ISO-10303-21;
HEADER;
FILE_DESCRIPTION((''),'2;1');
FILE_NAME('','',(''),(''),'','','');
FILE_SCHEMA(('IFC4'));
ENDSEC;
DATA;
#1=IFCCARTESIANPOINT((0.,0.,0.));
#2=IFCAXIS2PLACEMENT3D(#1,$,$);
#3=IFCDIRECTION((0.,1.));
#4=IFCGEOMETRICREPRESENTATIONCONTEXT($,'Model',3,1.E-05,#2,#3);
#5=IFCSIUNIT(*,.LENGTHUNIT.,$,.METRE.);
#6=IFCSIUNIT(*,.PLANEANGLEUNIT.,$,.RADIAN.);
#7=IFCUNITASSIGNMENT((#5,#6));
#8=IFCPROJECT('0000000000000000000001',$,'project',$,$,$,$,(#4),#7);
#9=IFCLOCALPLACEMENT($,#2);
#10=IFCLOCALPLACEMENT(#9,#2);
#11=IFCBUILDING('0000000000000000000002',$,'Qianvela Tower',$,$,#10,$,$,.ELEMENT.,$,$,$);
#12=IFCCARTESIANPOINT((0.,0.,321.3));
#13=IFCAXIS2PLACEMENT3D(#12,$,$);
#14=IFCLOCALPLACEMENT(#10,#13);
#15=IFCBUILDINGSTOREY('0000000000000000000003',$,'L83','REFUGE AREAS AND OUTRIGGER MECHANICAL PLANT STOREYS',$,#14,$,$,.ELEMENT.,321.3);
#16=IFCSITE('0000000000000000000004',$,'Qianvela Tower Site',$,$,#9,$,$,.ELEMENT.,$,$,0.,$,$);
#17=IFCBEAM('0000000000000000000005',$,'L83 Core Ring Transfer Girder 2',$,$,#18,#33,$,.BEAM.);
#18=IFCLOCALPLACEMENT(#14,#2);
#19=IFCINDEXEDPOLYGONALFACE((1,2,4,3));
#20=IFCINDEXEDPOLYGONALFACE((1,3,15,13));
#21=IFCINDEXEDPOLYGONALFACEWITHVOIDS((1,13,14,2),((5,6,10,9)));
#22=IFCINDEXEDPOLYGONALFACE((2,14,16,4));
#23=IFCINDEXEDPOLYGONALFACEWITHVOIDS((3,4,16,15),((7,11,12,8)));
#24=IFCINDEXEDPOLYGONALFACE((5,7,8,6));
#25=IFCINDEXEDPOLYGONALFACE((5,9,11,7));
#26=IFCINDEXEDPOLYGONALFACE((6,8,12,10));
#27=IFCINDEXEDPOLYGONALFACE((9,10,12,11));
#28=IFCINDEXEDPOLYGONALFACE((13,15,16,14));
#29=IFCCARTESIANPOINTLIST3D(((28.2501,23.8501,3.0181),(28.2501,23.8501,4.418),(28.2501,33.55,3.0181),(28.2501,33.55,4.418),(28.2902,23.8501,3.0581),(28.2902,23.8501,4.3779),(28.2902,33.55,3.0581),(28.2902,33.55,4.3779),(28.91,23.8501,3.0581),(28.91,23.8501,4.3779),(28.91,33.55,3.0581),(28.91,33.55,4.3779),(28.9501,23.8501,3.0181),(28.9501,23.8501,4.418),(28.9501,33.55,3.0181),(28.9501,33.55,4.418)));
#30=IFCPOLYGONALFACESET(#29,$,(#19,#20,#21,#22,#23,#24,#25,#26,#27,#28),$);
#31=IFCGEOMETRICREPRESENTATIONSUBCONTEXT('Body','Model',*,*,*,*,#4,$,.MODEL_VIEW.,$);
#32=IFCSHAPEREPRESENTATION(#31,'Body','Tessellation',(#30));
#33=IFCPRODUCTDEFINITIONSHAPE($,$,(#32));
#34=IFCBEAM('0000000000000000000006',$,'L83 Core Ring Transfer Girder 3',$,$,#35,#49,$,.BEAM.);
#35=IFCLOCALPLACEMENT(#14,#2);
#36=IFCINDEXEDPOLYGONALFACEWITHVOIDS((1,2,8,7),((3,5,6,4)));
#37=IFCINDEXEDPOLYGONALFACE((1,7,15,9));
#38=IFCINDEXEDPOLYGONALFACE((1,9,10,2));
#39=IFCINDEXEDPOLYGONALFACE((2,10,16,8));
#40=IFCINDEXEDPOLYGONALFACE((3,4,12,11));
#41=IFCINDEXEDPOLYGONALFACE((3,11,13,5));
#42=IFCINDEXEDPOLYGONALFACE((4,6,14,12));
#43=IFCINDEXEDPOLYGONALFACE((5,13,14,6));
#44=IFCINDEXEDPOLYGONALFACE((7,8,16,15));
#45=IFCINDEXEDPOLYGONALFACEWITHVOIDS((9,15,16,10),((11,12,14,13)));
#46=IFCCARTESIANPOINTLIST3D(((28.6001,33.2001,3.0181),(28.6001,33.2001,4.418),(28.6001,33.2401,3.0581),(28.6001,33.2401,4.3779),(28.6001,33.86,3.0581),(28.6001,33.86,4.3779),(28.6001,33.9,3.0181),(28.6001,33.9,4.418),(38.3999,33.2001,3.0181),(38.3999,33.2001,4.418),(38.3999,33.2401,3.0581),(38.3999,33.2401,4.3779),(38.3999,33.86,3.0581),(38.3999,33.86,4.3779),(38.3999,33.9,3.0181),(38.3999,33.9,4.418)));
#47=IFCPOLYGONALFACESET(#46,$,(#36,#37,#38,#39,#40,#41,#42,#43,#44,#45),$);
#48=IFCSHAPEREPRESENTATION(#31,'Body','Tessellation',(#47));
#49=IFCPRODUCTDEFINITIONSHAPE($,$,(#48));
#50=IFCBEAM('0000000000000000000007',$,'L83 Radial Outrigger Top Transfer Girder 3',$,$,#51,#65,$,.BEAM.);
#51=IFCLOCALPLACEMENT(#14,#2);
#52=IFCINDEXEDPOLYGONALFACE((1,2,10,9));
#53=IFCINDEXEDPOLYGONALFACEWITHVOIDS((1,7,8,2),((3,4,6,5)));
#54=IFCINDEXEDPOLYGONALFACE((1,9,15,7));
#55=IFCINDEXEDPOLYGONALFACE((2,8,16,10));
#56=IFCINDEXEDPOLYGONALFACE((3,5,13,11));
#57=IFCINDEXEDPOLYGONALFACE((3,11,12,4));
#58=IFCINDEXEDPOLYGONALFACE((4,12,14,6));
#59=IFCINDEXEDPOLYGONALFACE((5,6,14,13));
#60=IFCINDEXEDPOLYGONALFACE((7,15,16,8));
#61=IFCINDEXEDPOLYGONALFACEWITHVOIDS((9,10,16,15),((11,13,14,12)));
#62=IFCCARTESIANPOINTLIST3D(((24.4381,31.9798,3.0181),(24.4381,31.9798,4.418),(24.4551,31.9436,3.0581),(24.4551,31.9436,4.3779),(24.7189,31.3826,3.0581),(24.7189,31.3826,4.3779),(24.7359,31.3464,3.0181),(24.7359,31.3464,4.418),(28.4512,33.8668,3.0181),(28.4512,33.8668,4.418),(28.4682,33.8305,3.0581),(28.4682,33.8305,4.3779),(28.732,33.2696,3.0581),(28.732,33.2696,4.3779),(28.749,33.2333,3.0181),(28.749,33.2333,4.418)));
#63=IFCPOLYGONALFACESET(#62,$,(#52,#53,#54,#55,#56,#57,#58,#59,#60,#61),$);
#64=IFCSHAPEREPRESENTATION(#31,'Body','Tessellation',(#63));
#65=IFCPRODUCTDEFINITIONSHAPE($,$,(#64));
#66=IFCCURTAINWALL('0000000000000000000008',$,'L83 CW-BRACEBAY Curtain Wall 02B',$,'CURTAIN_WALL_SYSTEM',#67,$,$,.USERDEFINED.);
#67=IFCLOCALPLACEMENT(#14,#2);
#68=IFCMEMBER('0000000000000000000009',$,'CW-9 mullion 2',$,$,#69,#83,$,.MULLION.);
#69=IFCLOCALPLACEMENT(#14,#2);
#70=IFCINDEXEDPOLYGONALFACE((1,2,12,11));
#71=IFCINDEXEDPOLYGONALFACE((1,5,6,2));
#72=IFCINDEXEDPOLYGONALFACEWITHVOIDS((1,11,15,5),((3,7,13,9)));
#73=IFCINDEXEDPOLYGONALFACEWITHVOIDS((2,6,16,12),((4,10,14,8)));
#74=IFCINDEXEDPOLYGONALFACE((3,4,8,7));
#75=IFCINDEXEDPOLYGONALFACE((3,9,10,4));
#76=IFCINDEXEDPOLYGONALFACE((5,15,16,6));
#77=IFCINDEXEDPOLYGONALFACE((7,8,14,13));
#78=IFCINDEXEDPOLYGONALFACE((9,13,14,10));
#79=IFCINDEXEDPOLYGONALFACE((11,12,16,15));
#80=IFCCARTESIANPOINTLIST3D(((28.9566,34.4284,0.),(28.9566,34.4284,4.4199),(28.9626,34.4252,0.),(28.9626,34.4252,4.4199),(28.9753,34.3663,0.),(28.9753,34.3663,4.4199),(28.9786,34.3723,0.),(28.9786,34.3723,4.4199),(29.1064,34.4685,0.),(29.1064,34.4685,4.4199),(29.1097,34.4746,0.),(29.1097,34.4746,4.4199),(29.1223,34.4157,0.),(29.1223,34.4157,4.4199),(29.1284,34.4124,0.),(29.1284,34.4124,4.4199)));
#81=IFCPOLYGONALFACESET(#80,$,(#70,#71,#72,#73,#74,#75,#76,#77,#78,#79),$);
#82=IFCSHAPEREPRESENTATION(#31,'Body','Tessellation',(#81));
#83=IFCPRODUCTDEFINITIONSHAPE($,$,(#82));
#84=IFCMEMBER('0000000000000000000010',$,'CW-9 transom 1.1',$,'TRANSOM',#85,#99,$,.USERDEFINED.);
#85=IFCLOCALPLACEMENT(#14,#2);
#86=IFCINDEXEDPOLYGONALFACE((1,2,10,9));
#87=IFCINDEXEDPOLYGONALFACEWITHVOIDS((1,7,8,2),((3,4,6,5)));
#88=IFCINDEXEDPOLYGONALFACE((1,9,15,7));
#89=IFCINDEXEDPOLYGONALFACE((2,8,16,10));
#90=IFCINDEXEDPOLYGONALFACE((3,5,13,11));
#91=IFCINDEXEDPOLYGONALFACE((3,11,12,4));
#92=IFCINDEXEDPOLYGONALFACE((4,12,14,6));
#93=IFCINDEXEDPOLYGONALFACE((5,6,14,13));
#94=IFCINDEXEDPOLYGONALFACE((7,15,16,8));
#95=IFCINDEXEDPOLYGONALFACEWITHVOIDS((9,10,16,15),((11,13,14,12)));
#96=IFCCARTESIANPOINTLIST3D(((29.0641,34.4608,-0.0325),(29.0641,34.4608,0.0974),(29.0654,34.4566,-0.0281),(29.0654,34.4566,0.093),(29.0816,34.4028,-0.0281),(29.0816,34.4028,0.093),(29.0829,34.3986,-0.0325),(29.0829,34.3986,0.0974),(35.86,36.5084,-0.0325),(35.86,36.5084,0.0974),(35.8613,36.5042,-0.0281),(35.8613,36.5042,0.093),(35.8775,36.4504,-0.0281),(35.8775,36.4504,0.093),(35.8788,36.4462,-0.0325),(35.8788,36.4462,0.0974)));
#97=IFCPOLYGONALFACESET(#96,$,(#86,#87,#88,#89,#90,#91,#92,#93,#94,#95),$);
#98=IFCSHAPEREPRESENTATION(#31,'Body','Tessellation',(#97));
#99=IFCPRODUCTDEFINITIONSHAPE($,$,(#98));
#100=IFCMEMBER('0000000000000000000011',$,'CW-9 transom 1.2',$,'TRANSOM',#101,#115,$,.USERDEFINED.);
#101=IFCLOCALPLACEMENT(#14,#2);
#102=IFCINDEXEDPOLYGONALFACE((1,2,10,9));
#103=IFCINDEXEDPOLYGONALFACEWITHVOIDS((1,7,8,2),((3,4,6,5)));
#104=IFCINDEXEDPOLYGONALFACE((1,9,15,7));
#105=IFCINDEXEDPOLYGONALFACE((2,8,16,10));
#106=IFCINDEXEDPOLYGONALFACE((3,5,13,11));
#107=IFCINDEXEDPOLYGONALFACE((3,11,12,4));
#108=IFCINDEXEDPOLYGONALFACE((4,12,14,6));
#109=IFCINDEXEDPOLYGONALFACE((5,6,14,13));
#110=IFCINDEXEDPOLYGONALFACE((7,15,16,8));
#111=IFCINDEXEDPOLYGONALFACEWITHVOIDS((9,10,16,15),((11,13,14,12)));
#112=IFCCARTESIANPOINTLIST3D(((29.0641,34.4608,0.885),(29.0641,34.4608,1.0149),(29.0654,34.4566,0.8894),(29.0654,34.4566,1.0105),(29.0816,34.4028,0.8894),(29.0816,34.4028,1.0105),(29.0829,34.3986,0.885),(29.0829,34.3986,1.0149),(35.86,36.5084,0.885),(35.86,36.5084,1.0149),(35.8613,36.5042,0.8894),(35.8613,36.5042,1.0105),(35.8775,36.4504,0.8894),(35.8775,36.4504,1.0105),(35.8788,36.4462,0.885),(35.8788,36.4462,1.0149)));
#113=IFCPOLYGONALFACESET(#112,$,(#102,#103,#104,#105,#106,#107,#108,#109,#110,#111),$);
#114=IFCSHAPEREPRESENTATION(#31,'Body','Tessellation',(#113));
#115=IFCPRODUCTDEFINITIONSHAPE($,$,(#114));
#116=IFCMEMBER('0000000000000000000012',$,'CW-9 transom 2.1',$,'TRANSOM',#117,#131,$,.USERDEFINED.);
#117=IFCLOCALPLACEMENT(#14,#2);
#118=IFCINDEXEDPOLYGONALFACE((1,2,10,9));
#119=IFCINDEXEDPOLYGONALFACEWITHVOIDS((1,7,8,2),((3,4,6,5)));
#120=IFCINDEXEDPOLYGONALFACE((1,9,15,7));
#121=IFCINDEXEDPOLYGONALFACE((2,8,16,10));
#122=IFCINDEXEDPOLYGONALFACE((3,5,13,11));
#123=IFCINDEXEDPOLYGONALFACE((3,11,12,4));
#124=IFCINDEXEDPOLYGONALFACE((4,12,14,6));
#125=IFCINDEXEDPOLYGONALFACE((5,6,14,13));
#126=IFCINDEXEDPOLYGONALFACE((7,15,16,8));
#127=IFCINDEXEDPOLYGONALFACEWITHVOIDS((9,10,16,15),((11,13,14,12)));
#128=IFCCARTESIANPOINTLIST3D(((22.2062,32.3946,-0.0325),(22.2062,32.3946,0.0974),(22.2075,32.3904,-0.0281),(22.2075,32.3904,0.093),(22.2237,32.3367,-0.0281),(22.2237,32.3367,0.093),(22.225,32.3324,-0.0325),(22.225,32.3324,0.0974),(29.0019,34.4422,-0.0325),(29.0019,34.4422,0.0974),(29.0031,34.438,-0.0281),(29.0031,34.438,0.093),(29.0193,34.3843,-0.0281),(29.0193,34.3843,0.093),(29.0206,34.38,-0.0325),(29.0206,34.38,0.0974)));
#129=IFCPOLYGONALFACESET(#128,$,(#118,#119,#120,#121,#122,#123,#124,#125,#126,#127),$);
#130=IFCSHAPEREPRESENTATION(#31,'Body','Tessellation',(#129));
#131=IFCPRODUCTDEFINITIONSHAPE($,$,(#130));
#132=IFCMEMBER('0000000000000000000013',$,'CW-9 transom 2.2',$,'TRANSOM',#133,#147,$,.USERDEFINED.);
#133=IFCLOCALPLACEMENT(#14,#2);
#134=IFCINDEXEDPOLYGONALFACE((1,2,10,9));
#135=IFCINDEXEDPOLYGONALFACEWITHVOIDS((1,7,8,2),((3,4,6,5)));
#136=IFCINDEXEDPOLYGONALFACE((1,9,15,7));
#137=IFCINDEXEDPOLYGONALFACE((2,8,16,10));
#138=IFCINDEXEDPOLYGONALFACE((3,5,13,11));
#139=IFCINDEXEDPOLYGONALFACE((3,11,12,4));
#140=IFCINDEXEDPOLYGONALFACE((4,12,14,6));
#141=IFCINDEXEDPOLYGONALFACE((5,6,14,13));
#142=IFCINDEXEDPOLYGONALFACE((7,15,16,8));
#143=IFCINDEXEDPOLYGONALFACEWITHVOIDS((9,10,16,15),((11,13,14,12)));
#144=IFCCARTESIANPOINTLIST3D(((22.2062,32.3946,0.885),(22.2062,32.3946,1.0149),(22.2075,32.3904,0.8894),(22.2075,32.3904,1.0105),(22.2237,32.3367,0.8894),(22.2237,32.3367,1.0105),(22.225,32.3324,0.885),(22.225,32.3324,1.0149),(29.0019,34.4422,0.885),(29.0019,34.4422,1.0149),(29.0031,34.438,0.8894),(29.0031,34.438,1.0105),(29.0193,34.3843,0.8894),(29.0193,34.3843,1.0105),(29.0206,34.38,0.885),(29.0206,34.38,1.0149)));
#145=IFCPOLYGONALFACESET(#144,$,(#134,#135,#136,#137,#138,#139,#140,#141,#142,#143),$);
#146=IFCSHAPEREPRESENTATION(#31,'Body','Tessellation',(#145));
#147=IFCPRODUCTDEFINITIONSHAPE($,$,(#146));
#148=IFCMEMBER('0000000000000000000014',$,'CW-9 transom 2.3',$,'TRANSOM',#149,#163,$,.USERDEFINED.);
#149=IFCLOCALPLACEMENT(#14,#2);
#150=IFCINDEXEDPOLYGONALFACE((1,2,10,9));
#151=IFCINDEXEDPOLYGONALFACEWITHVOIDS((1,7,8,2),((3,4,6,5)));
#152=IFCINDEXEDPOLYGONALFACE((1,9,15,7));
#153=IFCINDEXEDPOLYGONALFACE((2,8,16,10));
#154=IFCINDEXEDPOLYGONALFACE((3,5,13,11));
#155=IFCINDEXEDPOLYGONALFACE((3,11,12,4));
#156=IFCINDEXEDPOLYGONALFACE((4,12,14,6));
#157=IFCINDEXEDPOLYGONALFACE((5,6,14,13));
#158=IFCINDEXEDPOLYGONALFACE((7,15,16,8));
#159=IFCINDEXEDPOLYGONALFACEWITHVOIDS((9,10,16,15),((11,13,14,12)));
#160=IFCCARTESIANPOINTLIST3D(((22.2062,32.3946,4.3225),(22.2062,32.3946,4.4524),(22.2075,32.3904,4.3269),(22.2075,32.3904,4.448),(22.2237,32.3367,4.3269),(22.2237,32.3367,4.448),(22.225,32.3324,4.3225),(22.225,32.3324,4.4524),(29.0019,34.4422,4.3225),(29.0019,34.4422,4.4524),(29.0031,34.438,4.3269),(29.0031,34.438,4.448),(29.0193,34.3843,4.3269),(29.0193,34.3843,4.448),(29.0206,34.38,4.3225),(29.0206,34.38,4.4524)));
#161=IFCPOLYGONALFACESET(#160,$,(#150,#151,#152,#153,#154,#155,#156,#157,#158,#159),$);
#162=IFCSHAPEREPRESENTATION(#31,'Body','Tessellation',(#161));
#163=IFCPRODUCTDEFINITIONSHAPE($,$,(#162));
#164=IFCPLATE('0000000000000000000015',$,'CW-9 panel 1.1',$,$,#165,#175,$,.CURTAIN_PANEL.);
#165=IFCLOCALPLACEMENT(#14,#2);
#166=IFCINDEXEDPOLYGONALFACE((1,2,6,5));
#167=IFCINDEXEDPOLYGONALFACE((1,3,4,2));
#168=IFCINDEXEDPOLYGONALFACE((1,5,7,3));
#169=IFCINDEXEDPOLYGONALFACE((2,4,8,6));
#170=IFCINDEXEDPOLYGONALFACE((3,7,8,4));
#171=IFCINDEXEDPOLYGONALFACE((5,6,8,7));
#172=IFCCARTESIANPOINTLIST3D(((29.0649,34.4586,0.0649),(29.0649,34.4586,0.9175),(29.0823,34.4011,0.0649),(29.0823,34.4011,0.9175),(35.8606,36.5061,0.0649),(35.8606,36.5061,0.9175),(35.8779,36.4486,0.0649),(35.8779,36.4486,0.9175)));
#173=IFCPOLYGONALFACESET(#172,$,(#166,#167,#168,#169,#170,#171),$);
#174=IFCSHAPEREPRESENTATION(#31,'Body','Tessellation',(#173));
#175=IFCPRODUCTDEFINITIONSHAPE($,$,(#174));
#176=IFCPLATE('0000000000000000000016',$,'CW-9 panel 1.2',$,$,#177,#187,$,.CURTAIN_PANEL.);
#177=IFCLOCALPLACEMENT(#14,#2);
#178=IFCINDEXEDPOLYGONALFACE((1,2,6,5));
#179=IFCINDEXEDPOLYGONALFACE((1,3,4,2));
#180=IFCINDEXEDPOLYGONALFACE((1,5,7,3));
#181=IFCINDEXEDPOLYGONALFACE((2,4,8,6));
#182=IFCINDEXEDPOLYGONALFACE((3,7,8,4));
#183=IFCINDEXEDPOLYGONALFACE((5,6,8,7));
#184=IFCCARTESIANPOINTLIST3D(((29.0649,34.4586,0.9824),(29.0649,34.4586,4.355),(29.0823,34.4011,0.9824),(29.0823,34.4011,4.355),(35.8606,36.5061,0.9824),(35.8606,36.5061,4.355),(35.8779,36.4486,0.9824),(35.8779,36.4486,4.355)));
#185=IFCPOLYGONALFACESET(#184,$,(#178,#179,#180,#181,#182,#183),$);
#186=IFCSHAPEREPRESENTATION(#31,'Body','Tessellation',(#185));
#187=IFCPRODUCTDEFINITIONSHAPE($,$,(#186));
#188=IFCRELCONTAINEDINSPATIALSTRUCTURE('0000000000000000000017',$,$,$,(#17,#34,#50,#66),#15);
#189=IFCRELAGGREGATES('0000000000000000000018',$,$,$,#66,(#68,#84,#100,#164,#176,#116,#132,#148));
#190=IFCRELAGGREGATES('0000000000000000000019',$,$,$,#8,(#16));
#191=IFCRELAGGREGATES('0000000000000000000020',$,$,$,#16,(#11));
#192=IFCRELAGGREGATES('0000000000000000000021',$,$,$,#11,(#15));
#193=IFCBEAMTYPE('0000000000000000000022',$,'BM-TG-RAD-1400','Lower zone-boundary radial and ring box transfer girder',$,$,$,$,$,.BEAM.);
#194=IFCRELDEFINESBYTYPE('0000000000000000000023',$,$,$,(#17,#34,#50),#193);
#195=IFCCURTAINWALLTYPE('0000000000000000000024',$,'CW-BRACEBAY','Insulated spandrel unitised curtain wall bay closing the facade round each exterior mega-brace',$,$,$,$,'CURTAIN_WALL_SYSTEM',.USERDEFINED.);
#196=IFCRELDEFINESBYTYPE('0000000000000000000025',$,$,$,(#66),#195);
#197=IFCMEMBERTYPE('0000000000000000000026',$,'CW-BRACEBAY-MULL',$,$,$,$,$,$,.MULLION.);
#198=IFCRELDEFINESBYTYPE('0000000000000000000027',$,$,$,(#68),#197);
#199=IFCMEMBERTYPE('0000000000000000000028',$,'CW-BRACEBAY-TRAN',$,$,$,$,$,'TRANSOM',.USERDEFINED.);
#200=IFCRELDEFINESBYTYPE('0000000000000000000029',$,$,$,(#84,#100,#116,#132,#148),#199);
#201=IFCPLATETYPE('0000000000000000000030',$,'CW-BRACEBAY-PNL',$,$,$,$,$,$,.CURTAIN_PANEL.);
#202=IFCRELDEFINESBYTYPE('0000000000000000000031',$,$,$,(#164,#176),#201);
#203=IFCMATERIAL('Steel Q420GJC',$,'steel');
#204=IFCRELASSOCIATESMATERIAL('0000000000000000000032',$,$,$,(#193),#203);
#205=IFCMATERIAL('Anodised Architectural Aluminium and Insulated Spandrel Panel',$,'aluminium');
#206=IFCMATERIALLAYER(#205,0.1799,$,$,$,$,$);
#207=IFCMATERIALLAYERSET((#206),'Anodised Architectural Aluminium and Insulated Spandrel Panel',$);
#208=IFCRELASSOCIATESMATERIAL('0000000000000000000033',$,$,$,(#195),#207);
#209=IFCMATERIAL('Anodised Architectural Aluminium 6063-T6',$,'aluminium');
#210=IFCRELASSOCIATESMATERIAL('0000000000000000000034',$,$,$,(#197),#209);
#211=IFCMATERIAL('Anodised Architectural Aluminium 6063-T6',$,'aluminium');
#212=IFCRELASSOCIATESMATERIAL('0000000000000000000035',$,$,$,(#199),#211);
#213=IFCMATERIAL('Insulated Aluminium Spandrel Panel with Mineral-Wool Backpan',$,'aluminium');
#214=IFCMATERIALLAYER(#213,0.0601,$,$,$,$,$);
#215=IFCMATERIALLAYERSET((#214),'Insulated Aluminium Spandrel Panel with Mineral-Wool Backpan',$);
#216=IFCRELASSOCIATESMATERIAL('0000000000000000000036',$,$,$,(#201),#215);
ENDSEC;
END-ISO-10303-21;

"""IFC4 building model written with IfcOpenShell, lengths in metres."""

from ifc_helpers import new_model, si_unit, direction, frame, origin, origin_2d, place, context, subcontext, project, spatial, rectangle, hollow_rectangle, extrude, material, layer, layer_set, material_profile, profile_set, type_object, element, aggregate, save


model = new_model("IFC4")

# Units and contexts
model_context = context("Model", 3, precision=1e-05, world=origin(), true_north=direction((0.0, 1.0)))
body_context = subcontext(model_context, "Body", "Model", "MODEL_VIEW")
ifc_project = project(units=[si_unit("LENGTHUNIT", "METRE"), si_unit("PLANEANGLEUNIT", "RADIAN")], contexts=[model_context])

# Site, building, storey
site_placement = place(None, origin())
site = spatial("IfcSite", under=ifc_project, at=site_placement, Name="Qianvela Tower Site", CompositionType="ELEMENT", RefElevation=0.0)
building_placement = place(site_placement, origin())
building = spatial("IfcBuilding", under=site, at=building_placement, Name="Qianvela Tower", CompositionType="ELEMENT")
storey_placement = place(building_placement, frame((0.0, 0.0, 321.3)))
storey = spatial("IfcBuildingStorey", under=building, at=storey_placement, Name="L83", Description="REFUGE AREAS AND OUTRIGGER MECHANICAL PLANT STOREYS", CompositionType="ELEMENT", Elevation=321.3)

# Beams
ifc_material_1 = material(Name="Steel Q420GJC", Category="steel")
ifc_material_profile_1 = material_profile(ifc_material_1, hollow_rectangle(XDim=0.7, YDim=1.3999, WallThickness=0.04, at=origin_2d()), Name="TG-BOX-1400x700x40")
ifc_profile_set_1 = profile_set([ifc_material_profile_1], Name="Steel Q420GJC")
beam_type = type_object("IfcBeamType", Name="BM-TG-RAD-1400", Description="Lower zone-boundary radial and ring box transfer girder", PredefinedType="BEAM", material=ifc_profile_set_1)
beam_1_placement = place(storey_placement, frame((28.6001, 33.55, 3.718), z_axis=(0.0, -1.0, 0.0), x_axis=(1.0, 0.0, 0.0)))
element("IfcBeam", 1, at=beam_1_placement, inside=storey, type_object=beam_type, Name="L83 Core Ring Transfer Girder 2", PredefinedType="BEAM", context=body_context, shape_type="SweptSolid", body=[
    extrude(hollow_rectangle(XDim=0.7, YDim=1.3999, WallThickness=0.04, at=origin_2d()), origin(), (0.0, 0.0, 1.0), 9.7),
])
beam_2_placement = place(storey_placement, frame((28.6001, 33.55, 3.718), z_axis=(1.0, 0.0, 0.0), x_axis=(0.0, 1.0, 0.0)))
element("IfcBeam", 2, at=beam_2_placement, inside=storey, type_object=beam_type, Name="L83 Core Ring Transfer Girder 3", PredefinedType="BEAM", context=body_context, shape_type="SweptSolid", body=[
    extrude(hollow_rectangle(XDim=0.7, YDim=1.3999, WallThickness=0.04, at=origin_2d()), origin(), (0.0, 0.0, 1.0), 9.7998),
])
beam_3_placement = place(storey_placement, frame((28.6001, 33.55, 3.718), z_axis=(-0.904957, -0.425503, 0.0), x_axis=(0.425503, -0.904957, 0.0)))
element("IfcBeam", 3, at=beam_3_placement, inside=storey, type_object=beam_type, Name="L83 Radial Outrigger Top Transfer Girder 3", PredefinedType="BEAM", context=body_context, shape_type="SweptSolid", body=[
    extrude(hollow_rectangle(XDim=0.7, YDim=1.3999, WallThickness=0.04, at=origin_2d()), origin(), (0.0, 0.0, 1.0), 4.4346),
])

# Curtain wall, members, plates
ifc_material_2 = material(Name="Anodised Architectural Aluminium and Insulated Spandrel Panel", Category="aluminium")
ifc_layer_1 = layer(ifc_material_2, 0.1799)
ifc_layer_set_1 = layer_set([ifc_layer_1], Name="Anodised Architectural Aluminium and Insulated Spandrel Panel")
curtain_wall_type = type_object("IfcCurtainWallType", Name="CW-BRACEBAY", Description="Insulated spandrel unitised curtain wall bay closing the facade round each exterior mega-brace", ElementType="CURTAIN_WALL_SYSTEM", PredefinedType="USERDEFINED", material=ifc_layer_set_1)
curtain_wall_placement = place(storey_placement, origin())
curtain_wall = element("IfcCurtainWall", 4, at=curtain_wall_placement, inside=storey, type_object=curtain_wall_type, Name="L83 CW-BRACEBAY Curtain Wall 02B", ObjectType="CURTAIN_WALL_SYSTEM", PredefinedType="USERDEFINED")
ifc_material_3 = material(Name="Anodised Architectural Aluminium 6063-T6", Category="aluminium")
ifc_material_profile_2 = material_profile(ifc_material_3, hollow_rectangle(XDim=0.0649, YDim=0.1599, WallThickness=0.0049, at=origin_2d()), Name="ALU-MULL-65x160")
ifc_profile_set_2 = profile_set([ifc_material_profile_2], Name="Anodised Architectural Aluminium 6063-T6")
member_type_1 = type_object("IfcMemberType", Name="CW-BRACEBAY-MULL", PredefinedType="MULLION", material=ifc_profile_set_2)
member_1_placement = place(storey_placement, frame((29.0425, 34.4204, 0.0), z_axis=(0.0, 0.0, 1.0), x_axis=(0.288477, -0.957487, 0.0)))
member_1 = element("IfcMember", 5, at=member_1_placement, type_object=member_type_1, Name="CW-9 mullion 2", PredefinedType="MULLION", context=body_context, shape_type="SweptSolid", body=[
    extrude(hollow_rectangle(XDim=0.0649, YDim=0.1599, WallThickness=0.0049, at=origin_2d()), origin(), (0.0, 0.0, 1.0), 4.4199),
])
ifc_material_4 = material(Name="Anodised Architectural Aluminium 6063-T6", Category="aluminium")
ifc_material_profile_3 = material_profile(ifc_material_4, hollow_rectangle(XDim=0.0649, YDim=0.1299, WallThickness=0.0044, at=origin_2d()), Name="ALU-TRAN-65x130")
ifc_profile_set_3 = profile_set([ifc_material_profile_3], Name="Anodised Architectural Aluminium 6063-T6")
member_type_2 = type_object("IfcMemberType", Name="CW-BRACEBAY-TRAN", ElementType="TRANSOM", PredefinedType="USERDEFINED", material=ifc_profile_set_3)
member_2_placement = place(storey_placement, frame((35.8694, 36.4773, 0.0325), z_axis=(-0.957483, -0.28849, 0.0), x_axis=(0.28849, -0.957483, 0.0)))
member_2 = element("IfcMember", 6, at=member_2_placement, type_object=member_type_2, Name="CW-9 transom 1.1", ObjectType="TRANSOM", PredefinedType="USERDEFINED", context=body_context, shape_type="SweptSolid", body=[
    extrude(hollow_rectangle(XDim=0.0649, YDim=0.1299, WallThickness=0.0044, at=origin_2d()), origin(), (0.0, 0.0, 1.0), 7.0977),
])
member_3_placement = place(storey_placement, frame((35.8694, 36.4773, 0.95), z_axis=(-0.957483, -0.28849, 0.0), x_axis=(0.28849, -0.957483, 0.0)))
member_3 = element("IfcMember", 7, at=member_3_placement, type_object=member_type_2, Name="CW-9 transom 1.2", ObjectType="TRANSOM", PredefinedType="USERDEFINED", context=body_context, shape_type="SweptSolid", body=[
    extrude(hollow_rectangle(XDim=0.0649, YDim=0.1299, WallThickness=0.0044, at=origin_2d()), origin(), (0.0, 0.0, 1.0), 7.0977),
])
member_4_placement = place(storey_placement, frame((29.0112, 34.4111, 0.0325), z_axis=(-0.95748, -0.2885, 0.0), x_axis=(0.2885, -0.95748, 0.0)))
member_4 = element("IfcMember", 8, at=member_4_placement, type_object=member_type_2, Name="CW-9 transom 2.1", ObjectType="TRANSOM", PredefinedType="USERDEFINED", context=body_context, shape_type="SweptSolid", body=[
    extrude(hollow_rectangle(XDim=0.0649, YDim=0.1299, WallThickness=0.0044, at=origin_2d()), origin(), (0.0, 0.0, 1.0), 7.0974),
])
member_5_placement = place(storey_placement, frame((29.0112, 34.4111, 0.95), z_axis=(-0.95748, -0.2885, 0.0), x_axis=(0.2885, -0.95748, 0.0)))
member_5 = element("IfcMember", 9, at=member_5_placement, type_object=member_type_2, Name="CW-9 transom 2.2", ObjectType="TRANSOM", PredefinedType="USERDEFINED", context=body_context, shape_type="SweptSolid", body=[
    extrude(hollow_rectangle(XDim=0.0649, YDim=0.1299, WallThickness=0.0044, at=origin_2d()), origin(), (0.0, 0.0, 1.0), 7.0974),
])
member_6_placement = place(storey_placement, frame((29.0112, 34.4111, 4.3875), z_axis=(-0.95748, -0.2885, 0.0), x_axis=(0.2885, -0.95748, 0.0)))
member_6 = element("IfcMember", 10, at=member_6_placement, type_object=member_type_2, Name="CW-9 transom 2.3", ObjectType="TRANSOM", PredefinedType="USERDEFINED", context=body_context, shape_type="SweptSolid", body=[
    extrude(hollow_rectangle(XDim=0.0649, YDim=0.1299, WallThickness=0.0044, at=origin_2d()), origin(), (0.0, 0.0, 1.0), 7.0974),
])
ifc_material_5 = material(Name="Insulated Aluminium Spandrel Panel with Mineral-Wool Backpan", Category="aluminium")
ifc_layer_2 = layer(ifc_material_5, 0.0601)
ifc_layer_set_2 = layer_set([ifc_layer_2], Name="Insulated Aluminium Spandrel Panel with Mineral-Wool Backpan")
plate_type_1 = type_object("IfcPlateType", Name="CW-BRACEBAY-PNL", PredefinedType="CURTAIN_PANEL", material=ifc_layer_set_2)
plate_1_placement = place(storey_placement, frame((32.4714, 35.4536, 0.0649), z_axis=(0.0, 0.0, 1.0), x_axis=(-0.957487, -0.288477, 0.0)))
plate_1 = element("IfcPlate", 11, at=plate_1_placement, type_object=plate_type_1, Name="CW-9 panel 1.1", PredefinedType="CURTAIN_PANEL", context=body_context, shape_type="SweptSolid", body=[
    extrude(rectangle(XDim=7.0974, YDim=0.0601, at=origin_2d()), origin(), (0.0, 0.0, 1.0), 0.8525),
])
plate_2_placement = place(storey_placement, frame((32.4714, 35.4536, 0.9824), z_axis=(0.0, 0.0, 1.0), x_axis=(-0.957487, -0.288477, 0.0)))
plate_2 = element("IfcPlate", 12, at=plate_2_placement, type_object=plate_type_1, Name="CW-9 panel 1.2", PredefinedType="CURTAIN_PANEL", context=body_context, shape_type="SweptSolid", body=[
    extrude(rectangle(XDim=7.0974, YDim=0.0601, at=origin_2d()), origin(), (0.0, 0.0, 1.0), 3.3726),
])
aggregate(curtain_wall, [member_1, member_2, member_3, plate_1, plate_2, member_4, member_5, member_6])

save(model, "model.ifc")
